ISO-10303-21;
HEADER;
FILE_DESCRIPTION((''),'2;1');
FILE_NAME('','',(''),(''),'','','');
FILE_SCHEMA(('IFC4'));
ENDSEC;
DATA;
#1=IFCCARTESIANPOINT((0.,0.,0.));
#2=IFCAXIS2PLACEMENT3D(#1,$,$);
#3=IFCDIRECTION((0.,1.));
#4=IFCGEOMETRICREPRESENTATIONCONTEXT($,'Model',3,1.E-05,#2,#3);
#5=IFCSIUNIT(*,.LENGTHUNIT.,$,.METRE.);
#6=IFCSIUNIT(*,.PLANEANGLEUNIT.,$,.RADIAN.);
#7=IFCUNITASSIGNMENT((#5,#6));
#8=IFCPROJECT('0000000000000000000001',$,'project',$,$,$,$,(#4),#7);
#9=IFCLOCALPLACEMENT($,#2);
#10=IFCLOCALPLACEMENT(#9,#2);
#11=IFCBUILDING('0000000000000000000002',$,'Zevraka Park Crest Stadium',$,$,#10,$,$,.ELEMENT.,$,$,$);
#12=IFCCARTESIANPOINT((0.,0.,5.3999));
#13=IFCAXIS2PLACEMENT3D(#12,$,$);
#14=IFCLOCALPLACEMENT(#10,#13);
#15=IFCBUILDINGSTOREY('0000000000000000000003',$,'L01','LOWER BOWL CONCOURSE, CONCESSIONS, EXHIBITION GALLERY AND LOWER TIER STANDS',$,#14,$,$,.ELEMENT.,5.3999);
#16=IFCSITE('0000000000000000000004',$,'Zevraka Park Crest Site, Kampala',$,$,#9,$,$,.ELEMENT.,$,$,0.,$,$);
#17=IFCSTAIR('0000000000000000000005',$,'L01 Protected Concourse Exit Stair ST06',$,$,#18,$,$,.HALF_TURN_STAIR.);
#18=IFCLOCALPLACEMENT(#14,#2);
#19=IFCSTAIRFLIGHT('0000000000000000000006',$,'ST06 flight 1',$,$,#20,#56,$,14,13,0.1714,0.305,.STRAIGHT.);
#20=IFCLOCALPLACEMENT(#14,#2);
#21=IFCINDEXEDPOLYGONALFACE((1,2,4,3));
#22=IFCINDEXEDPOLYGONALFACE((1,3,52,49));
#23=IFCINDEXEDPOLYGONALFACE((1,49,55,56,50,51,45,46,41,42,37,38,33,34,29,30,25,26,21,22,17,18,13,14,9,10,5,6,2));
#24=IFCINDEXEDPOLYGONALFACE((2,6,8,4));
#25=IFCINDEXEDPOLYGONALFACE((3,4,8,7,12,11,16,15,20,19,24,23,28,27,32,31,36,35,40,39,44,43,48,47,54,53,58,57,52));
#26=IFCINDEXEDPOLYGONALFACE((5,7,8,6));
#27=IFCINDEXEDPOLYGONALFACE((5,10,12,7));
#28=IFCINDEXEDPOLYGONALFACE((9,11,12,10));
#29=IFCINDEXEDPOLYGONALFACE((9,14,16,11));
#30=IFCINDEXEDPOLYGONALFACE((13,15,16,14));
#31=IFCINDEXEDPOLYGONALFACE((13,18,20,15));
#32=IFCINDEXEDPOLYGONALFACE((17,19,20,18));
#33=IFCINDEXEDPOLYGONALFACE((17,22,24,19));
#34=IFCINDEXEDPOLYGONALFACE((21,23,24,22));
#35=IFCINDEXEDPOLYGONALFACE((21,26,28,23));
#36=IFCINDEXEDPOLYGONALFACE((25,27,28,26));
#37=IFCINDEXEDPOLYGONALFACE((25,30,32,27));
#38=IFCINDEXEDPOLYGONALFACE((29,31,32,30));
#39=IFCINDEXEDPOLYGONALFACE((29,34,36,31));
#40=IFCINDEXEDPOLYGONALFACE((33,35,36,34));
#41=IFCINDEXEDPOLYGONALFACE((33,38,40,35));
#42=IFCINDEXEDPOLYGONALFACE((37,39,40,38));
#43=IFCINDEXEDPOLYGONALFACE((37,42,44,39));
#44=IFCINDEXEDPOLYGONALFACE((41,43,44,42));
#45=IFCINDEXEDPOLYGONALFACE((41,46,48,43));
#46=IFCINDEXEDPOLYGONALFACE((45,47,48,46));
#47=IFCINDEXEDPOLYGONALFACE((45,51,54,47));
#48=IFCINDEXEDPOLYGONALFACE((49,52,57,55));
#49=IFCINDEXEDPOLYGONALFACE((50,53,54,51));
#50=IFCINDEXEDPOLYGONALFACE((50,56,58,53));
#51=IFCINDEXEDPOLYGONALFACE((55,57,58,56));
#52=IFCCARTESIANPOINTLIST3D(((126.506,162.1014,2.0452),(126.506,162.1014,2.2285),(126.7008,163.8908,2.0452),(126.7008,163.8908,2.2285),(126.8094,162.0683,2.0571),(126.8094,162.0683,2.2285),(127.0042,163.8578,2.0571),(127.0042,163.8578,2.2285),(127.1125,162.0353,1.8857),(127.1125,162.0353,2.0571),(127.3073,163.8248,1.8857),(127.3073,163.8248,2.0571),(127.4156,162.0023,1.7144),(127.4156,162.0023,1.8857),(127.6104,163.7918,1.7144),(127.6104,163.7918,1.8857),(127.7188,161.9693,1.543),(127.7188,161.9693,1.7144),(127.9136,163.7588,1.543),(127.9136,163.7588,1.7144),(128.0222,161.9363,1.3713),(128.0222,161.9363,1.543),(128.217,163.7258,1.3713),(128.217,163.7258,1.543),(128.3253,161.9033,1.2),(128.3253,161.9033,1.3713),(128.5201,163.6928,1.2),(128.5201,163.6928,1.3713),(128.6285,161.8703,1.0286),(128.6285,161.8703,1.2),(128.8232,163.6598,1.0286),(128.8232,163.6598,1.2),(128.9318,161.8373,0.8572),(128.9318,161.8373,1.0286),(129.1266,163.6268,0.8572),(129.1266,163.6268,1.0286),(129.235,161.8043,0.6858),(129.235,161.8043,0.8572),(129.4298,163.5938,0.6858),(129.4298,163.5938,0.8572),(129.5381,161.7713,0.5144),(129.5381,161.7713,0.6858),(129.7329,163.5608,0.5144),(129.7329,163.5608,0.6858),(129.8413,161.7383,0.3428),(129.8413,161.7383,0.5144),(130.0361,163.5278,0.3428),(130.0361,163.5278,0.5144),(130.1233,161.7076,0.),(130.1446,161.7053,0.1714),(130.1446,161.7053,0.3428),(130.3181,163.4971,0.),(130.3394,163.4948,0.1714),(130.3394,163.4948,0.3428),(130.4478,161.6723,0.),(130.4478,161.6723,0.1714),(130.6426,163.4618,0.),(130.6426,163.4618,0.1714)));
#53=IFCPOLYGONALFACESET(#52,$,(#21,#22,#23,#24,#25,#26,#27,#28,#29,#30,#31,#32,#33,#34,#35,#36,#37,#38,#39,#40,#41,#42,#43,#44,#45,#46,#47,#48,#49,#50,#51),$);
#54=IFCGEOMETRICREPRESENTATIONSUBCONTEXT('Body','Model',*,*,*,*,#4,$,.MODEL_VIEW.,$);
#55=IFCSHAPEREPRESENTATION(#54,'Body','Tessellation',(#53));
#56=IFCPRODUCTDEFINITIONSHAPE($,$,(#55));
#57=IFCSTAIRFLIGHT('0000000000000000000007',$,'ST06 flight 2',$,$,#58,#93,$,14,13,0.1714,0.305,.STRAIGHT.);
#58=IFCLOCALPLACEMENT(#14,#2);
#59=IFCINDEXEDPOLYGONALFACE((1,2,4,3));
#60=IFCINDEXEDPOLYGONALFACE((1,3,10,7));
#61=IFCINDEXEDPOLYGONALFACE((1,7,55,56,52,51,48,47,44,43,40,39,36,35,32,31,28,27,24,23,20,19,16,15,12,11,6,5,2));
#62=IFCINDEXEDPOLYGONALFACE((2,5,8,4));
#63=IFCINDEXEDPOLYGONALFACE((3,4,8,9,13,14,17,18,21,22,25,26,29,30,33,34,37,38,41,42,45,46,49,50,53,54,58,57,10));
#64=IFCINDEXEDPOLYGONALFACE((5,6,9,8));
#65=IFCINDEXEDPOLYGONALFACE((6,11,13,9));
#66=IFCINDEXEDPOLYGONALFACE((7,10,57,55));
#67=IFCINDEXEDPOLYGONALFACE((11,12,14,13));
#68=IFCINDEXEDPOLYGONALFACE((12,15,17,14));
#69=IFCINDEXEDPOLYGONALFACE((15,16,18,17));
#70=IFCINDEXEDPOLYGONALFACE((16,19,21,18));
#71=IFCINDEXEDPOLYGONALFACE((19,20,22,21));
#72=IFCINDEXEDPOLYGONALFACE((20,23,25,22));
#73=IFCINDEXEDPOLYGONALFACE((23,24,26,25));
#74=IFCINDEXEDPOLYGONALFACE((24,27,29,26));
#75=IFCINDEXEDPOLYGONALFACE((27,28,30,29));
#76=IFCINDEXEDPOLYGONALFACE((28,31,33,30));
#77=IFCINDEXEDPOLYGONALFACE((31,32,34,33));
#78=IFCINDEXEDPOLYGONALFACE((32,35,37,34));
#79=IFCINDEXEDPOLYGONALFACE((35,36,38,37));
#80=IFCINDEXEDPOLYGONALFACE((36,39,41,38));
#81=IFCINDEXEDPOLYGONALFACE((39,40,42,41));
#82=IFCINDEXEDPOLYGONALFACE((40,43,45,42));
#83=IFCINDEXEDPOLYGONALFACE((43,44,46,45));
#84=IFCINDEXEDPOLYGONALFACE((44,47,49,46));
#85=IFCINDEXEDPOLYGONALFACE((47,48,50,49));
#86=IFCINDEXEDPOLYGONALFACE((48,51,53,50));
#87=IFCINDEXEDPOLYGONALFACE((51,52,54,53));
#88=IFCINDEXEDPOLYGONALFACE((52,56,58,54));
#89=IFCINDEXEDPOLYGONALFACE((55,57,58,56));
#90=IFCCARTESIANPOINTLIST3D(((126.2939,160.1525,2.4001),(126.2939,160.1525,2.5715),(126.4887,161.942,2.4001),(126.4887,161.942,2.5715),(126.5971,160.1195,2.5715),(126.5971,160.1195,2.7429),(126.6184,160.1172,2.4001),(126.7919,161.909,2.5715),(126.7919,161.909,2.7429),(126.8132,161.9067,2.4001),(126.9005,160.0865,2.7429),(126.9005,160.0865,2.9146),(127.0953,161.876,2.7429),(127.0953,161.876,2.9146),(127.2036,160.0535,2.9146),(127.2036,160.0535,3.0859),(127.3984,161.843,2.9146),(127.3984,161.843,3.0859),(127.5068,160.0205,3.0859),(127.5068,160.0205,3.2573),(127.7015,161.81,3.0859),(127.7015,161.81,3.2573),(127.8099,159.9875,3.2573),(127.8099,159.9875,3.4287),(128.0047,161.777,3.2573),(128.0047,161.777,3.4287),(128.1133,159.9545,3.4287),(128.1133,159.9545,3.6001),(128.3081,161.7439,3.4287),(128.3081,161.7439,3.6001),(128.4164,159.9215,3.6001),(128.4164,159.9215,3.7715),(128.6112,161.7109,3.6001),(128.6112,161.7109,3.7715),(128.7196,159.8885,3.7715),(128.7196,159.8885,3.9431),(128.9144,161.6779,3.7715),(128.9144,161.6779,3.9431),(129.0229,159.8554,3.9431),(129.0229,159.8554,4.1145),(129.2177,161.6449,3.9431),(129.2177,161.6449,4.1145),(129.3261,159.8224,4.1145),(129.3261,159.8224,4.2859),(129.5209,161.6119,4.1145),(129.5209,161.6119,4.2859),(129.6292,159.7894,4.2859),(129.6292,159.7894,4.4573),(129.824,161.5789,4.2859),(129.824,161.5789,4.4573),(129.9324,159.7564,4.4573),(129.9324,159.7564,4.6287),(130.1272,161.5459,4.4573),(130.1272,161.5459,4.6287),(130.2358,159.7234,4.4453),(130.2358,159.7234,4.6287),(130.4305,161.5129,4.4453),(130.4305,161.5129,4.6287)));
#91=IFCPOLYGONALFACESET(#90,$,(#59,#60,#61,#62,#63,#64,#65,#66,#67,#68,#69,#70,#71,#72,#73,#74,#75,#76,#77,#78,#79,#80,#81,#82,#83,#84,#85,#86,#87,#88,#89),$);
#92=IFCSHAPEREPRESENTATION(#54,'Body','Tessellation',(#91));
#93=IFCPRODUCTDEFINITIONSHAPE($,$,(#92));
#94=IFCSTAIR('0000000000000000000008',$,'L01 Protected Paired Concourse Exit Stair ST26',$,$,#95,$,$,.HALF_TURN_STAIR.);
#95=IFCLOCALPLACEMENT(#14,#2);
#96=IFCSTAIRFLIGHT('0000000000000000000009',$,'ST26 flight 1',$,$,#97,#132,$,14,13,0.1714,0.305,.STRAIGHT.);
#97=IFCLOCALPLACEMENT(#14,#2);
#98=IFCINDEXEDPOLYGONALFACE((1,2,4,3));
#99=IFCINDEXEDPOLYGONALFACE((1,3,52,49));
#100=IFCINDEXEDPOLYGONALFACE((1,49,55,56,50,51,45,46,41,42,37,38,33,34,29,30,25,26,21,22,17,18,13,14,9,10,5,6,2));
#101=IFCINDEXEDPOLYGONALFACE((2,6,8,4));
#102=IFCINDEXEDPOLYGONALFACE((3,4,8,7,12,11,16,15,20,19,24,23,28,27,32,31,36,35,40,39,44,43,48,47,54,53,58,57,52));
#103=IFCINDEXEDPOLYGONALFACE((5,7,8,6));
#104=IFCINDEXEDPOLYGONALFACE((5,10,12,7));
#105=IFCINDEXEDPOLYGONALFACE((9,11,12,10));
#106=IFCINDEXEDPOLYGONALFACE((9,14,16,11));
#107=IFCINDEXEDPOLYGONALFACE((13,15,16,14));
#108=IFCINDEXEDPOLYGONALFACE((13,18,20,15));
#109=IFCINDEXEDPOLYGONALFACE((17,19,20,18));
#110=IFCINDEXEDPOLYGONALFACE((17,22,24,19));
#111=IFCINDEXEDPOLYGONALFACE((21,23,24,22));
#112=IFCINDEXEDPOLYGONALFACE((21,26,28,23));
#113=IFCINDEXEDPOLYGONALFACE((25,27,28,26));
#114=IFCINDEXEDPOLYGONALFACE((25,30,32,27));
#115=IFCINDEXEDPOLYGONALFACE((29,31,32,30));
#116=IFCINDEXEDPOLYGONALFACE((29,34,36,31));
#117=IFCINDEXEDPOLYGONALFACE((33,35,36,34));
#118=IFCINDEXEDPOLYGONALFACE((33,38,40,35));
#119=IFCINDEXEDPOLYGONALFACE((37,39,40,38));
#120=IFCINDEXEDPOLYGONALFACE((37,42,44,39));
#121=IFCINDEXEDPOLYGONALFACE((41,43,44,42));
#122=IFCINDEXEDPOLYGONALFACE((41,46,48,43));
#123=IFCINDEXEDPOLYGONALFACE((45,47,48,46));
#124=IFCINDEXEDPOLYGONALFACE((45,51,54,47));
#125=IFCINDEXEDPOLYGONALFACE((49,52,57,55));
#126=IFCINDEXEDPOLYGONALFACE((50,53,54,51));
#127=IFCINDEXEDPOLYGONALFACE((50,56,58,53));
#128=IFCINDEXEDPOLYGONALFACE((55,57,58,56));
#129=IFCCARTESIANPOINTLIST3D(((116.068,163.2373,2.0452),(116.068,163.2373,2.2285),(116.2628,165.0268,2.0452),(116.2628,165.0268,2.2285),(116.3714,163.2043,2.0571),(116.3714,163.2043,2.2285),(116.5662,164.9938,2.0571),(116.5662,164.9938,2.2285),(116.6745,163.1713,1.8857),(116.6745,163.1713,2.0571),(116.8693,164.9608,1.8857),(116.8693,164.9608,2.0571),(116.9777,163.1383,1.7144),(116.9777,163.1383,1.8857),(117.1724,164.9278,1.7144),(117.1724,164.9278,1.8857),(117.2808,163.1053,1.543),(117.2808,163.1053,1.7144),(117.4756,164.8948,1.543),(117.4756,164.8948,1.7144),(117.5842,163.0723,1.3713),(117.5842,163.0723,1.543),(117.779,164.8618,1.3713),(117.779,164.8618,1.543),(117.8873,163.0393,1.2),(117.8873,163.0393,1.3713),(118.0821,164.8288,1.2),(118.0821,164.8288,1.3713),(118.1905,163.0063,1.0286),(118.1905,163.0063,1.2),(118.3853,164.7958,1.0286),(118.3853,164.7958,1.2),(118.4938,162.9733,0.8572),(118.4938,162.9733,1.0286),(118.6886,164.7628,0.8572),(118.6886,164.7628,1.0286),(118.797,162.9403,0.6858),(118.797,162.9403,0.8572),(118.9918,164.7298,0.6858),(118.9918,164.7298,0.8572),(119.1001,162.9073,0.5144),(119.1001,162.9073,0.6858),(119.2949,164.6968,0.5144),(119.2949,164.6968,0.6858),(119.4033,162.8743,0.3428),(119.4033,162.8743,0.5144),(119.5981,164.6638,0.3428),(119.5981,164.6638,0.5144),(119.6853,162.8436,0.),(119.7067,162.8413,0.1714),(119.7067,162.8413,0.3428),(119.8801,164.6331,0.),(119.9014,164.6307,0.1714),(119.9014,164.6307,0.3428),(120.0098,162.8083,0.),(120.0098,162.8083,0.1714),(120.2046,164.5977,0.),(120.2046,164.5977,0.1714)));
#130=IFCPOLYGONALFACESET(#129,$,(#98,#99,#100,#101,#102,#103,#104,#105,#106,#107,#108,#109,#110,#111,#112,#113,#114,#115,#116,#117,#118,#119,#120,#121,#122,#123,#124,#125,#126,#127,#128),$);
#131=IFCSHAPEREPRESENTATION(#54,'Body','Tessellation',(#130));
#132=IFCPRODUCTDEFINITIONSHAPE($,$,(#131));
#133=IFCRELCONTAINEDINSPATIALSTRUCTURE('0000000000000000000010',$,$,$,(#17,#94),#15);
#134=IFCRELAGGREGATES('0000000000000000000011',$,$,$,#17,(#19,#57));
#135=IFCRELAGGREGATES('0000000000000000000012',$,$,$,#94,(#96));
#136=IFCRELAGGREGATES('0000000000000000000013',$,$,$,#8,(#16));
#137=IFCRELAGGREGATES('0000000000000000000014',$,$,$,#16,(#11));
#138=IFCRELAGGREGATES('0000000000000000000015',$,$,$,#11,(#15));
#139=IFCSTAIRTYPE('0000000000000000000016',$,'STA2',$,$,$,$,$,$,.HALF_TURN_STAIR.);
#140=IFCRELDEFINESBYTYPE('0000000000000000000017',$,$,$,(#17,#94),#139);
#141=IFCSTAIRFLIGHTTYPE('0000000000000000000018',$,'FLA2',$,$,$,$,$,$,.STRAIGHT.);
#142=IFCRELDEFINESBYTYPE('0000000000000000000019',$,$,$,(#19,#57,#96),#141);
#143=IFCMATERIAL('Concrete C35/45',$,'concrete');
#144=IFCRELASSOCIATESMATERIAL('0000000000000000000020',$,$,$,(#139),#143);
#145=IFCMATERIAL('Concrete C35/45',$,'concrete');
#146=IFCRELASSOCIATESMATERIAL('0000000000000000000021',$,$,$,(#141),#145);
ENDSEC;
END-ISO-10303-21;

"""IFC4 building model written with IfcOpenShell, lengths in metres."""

from ifc_helpers import new_model, si_unit, direction, frame, origin, place, context, subcontext, project, spatial, polyline, outline, extrude, material, type_object, element, aggregate, save


model = new_model("IFC4")

# Units and contexts
model_context = context("Model", 3, precision=1e-05, world=origin(), true_north=direction((0.0, 1.0)))
body_context = subcontext(model_context, "Body", "Model", "MODEL_VIEW")
ifc_project = project(units=[si_unit("LENGTHUNIT", "METRE"), si_unit("PLANEANGLEUNIT", "RADIAN")], contexts=[model_context])

# Site, building, storey
site_placement = place(None, origin())
site = spatial("IfcSite", under=ifc_project, at=site_placement, Name="Zevraka Park Crest Site, Kampala", CompositionType="ELEMENT", RefElevation=0.0)
building_placement = place(site_placement, origin())
building = spatial("IfcBuilding", under=site, at=building_placement, Name="Zevraka Park Crest Stadium", CompositionType="ELEMENT")
storey_placement = place(building_placement, frame((0.0, 0.0, 5.3999)))
storey = spatial("IfcBuildingStorey", under=building, at=storey_placement, Name="L01", Description="LOWER BOWL CONCOURSE, CONCESSIONS, EXHIBITION GALLERY AND LOWER TIER STANDS", CompositionType="ELEMENT", Elevation=5.3999)

# Stair, stair flights
ifc_material_1 = material(Name="Concrete C35/45", Category="concrete")
stair_type = type_object("IfcStairType", Name="STA2", PredefinedType="HALF_TURN_STAIR", material=ifc_material_1)
stair_1_placement = place(storey_placement, origin())
stair_1 = element("IfcStair", 1, at=stair_1_placement, inside=storey, type_object=stair_type, Name="L01 Protected Concourse Exit Stair ST06", PredefinedType="HALF_TURN_STAIR")
ifc_material_2 = material(Name="Concrete C35/45", Category="concrete")
stair_flight_type = type_object("IfcStairFlightType", Name="FLA2", PredefinedType="STRAIGHT", material=ifc_material_2)
stair_flight_1_placement = place(storey_placement, frame((130.5452, 162.5669, 0.0), z_axis=(0.0, 0.0, 1.0), x_axis=(-0.994128, 0.108215, 0.0)))
stair_flight_1 = element("IfcStairFlight", 2, at=stair_flight_1_placement, type_object=stair_flight_type, Name="ST06 flight 1", NumberOfRisers=14, NumberOfTreads=13, PredefinedType="STRAIGHT", RiserHeight=0.1714, TreadLength=0.305, context=body_context, shape_type="SweptSolid", body=[
    extrude(outline(polyline([(0.0, 0.0), (0.0, 0.1714), (0.3049, 0.1714), (0.3049, 0.3428), (0.6101, 0.3428), (0.6101, 0.5144), (0.915, 0.5144), (0.915, 0.6858), (1.22, 0.6858), (1.22, 0.8572), (1.5249, 0.8572), (1.5249, 1.0286), (1.8301, 1.0286), (1.8301, 1.2), (2.135, 1.2), (2.135, 1.3713), (2.4399, 1.3713), (2.4399, 1.543), (2.7451, 1.543), (2.7451, 1.7144), (3.05, 1.7144), (3.05, 1.8857), (3.355, 1.8857), (3.355, 2.0571), (3.6599, 2.0571), (3.6599, 2.2285), (3.9651, 2.2285), (3.9651, 2.3999), (3.9651, 2.0452), (0.3264, 0.0), (0.0, 0.0)])), frame((0.0, 0.8999, 0.0), z_axis=(0.0, -1.0, 0.0), x_axis=(1.0, 0.0, 0.0)), (0.0, 0.0, 1.0), 1.8),
])
stair_flight_2_placement = place(storey_placement, frame((126.3914, 161.0474, 2.4001), z_axis=(0.0, 0.0, 1.0), x_axis=(0.994128, -0.108215, 0.0)))
stair_flight_2 = element("IfcStairFlight", 3, at=stair_flight_2_placement, type_object=stair_flight_type, Name="ST06 flight 2", NumberOfRisers=14, NumberOfTreads=13, PredefinedType="STRAIGHT", RiserHeight=0.1714, TreadLength=0.305, context=body_context, shape_type="SweptSolid", body=[
    extrude(outline(polyline([(0.0, 0.0), (0.0, 0.1714), (0.3049, 0.1714), (0.3049, 0.3428), (0.6101, 0.3428), (0.6101, 0.5144), (0.915, 0.5144), (0.915, 0.6858), (1.22, 0.6858), (1.22, 0.8572), (1.5249, 0.8572), (1.5249, 1.0286), (1.8301, 1.0286), (1.8301, 1.2), (2.135, 1.2), (2.135, 1.3713), (2.4399, 1.3713), (2.4399, 1.543), (2.7451, 1.543), (2.7451, 1.7144), (3.05, 1.7144), (3.05, 1.8857), (3.355, 1.8857), (3.355, 2.0571), (3.6599, 2.0571), (3.6599, 2.2285), (3.9651, 2.2285), (3.9651, 2.3999), (3.9651, 2.0452), (0.3264, 0.0), (0.0, 0.0)])), frame((0.0, 0.8999, 0.0), z_axis=(0.0, -1.0, 0.0), x_axis=(1.0, 0.0, 0.0)), (0.0, 0.0, 1.0), 1.8),
])
aggregate(stair_1, [stair_flight_1, stair_flight_2])

# Stair, stair flight
stair_2_placement = place(storey_placement, origin())
stair_2 = element("IfcStair", 4, at=stair_2_placement, inside=storey, type_object=stair_type, Name="L01 Protected Paired Concourse Exit Stair ST26", PredefinedType="HALF_TURN_STAIR")
stair_flight_3_placement = place(storey_placement, frame((120.1072, 163.7029, 0.0), z_axis=(0.0, 0.0, 1.0), x_axis=(-0.994128, 0.108215, 0.0)))
stair_flight_3 = element("IfcStairFlight", 5, at=stair_flight_3_placement, type_object=stair_flight_type, Name="ST26 flight 1", NumberOfRisers=14, NumberOfTreads=13, PredefinedType="STRAIGHT", RiserHeight=0.1714, TreadLength=0.305, context=body_context, shape_type="SweptSolid", body=[
    extrude(outline(polyline([(0.0, 0.0), (0.0, 0.1714), (0.3049, 0.1714), (0.3049, 0.3428), (0.6101, 0.3428), (0.6101, 0.5144), (0.915, 0.5144), (0.915, 0.6858), (1.22, 0.6858), (1.22, 0.8572), (1.5249, 0.8572), (1.5249, 1.0286), (1.8301, 1.0286), (1.8301, 1.2), (2.135, 1.2), (2.135, 1.3713), (2.4399, 1.3713), (2.4399, 1.543), (2.7451, 1.543), (2.7451, 1.7144), (3.05, 1.7144), (3.05, 1.8857), (3.355, 1.8857), (3.355, 2.0571), (3.6599, 2.0571), (3.6599, 2.2285), (3.9651, 2.2285), (3.9651, 2.3999), (3.9651, 2.0452), (0.3264, 0.0), (0.0, 0.0)])), frame((0.0, 0.8999, 0.0), z_axis=(0.0, -1.0, 0.0), x_axis=(1.0, 0.0, 0.0)), (0.0, 0.0, 1.0), 1.8),
])
aggregate(stair_2, [stair_flight_3])

save(model, "model.ifc")
